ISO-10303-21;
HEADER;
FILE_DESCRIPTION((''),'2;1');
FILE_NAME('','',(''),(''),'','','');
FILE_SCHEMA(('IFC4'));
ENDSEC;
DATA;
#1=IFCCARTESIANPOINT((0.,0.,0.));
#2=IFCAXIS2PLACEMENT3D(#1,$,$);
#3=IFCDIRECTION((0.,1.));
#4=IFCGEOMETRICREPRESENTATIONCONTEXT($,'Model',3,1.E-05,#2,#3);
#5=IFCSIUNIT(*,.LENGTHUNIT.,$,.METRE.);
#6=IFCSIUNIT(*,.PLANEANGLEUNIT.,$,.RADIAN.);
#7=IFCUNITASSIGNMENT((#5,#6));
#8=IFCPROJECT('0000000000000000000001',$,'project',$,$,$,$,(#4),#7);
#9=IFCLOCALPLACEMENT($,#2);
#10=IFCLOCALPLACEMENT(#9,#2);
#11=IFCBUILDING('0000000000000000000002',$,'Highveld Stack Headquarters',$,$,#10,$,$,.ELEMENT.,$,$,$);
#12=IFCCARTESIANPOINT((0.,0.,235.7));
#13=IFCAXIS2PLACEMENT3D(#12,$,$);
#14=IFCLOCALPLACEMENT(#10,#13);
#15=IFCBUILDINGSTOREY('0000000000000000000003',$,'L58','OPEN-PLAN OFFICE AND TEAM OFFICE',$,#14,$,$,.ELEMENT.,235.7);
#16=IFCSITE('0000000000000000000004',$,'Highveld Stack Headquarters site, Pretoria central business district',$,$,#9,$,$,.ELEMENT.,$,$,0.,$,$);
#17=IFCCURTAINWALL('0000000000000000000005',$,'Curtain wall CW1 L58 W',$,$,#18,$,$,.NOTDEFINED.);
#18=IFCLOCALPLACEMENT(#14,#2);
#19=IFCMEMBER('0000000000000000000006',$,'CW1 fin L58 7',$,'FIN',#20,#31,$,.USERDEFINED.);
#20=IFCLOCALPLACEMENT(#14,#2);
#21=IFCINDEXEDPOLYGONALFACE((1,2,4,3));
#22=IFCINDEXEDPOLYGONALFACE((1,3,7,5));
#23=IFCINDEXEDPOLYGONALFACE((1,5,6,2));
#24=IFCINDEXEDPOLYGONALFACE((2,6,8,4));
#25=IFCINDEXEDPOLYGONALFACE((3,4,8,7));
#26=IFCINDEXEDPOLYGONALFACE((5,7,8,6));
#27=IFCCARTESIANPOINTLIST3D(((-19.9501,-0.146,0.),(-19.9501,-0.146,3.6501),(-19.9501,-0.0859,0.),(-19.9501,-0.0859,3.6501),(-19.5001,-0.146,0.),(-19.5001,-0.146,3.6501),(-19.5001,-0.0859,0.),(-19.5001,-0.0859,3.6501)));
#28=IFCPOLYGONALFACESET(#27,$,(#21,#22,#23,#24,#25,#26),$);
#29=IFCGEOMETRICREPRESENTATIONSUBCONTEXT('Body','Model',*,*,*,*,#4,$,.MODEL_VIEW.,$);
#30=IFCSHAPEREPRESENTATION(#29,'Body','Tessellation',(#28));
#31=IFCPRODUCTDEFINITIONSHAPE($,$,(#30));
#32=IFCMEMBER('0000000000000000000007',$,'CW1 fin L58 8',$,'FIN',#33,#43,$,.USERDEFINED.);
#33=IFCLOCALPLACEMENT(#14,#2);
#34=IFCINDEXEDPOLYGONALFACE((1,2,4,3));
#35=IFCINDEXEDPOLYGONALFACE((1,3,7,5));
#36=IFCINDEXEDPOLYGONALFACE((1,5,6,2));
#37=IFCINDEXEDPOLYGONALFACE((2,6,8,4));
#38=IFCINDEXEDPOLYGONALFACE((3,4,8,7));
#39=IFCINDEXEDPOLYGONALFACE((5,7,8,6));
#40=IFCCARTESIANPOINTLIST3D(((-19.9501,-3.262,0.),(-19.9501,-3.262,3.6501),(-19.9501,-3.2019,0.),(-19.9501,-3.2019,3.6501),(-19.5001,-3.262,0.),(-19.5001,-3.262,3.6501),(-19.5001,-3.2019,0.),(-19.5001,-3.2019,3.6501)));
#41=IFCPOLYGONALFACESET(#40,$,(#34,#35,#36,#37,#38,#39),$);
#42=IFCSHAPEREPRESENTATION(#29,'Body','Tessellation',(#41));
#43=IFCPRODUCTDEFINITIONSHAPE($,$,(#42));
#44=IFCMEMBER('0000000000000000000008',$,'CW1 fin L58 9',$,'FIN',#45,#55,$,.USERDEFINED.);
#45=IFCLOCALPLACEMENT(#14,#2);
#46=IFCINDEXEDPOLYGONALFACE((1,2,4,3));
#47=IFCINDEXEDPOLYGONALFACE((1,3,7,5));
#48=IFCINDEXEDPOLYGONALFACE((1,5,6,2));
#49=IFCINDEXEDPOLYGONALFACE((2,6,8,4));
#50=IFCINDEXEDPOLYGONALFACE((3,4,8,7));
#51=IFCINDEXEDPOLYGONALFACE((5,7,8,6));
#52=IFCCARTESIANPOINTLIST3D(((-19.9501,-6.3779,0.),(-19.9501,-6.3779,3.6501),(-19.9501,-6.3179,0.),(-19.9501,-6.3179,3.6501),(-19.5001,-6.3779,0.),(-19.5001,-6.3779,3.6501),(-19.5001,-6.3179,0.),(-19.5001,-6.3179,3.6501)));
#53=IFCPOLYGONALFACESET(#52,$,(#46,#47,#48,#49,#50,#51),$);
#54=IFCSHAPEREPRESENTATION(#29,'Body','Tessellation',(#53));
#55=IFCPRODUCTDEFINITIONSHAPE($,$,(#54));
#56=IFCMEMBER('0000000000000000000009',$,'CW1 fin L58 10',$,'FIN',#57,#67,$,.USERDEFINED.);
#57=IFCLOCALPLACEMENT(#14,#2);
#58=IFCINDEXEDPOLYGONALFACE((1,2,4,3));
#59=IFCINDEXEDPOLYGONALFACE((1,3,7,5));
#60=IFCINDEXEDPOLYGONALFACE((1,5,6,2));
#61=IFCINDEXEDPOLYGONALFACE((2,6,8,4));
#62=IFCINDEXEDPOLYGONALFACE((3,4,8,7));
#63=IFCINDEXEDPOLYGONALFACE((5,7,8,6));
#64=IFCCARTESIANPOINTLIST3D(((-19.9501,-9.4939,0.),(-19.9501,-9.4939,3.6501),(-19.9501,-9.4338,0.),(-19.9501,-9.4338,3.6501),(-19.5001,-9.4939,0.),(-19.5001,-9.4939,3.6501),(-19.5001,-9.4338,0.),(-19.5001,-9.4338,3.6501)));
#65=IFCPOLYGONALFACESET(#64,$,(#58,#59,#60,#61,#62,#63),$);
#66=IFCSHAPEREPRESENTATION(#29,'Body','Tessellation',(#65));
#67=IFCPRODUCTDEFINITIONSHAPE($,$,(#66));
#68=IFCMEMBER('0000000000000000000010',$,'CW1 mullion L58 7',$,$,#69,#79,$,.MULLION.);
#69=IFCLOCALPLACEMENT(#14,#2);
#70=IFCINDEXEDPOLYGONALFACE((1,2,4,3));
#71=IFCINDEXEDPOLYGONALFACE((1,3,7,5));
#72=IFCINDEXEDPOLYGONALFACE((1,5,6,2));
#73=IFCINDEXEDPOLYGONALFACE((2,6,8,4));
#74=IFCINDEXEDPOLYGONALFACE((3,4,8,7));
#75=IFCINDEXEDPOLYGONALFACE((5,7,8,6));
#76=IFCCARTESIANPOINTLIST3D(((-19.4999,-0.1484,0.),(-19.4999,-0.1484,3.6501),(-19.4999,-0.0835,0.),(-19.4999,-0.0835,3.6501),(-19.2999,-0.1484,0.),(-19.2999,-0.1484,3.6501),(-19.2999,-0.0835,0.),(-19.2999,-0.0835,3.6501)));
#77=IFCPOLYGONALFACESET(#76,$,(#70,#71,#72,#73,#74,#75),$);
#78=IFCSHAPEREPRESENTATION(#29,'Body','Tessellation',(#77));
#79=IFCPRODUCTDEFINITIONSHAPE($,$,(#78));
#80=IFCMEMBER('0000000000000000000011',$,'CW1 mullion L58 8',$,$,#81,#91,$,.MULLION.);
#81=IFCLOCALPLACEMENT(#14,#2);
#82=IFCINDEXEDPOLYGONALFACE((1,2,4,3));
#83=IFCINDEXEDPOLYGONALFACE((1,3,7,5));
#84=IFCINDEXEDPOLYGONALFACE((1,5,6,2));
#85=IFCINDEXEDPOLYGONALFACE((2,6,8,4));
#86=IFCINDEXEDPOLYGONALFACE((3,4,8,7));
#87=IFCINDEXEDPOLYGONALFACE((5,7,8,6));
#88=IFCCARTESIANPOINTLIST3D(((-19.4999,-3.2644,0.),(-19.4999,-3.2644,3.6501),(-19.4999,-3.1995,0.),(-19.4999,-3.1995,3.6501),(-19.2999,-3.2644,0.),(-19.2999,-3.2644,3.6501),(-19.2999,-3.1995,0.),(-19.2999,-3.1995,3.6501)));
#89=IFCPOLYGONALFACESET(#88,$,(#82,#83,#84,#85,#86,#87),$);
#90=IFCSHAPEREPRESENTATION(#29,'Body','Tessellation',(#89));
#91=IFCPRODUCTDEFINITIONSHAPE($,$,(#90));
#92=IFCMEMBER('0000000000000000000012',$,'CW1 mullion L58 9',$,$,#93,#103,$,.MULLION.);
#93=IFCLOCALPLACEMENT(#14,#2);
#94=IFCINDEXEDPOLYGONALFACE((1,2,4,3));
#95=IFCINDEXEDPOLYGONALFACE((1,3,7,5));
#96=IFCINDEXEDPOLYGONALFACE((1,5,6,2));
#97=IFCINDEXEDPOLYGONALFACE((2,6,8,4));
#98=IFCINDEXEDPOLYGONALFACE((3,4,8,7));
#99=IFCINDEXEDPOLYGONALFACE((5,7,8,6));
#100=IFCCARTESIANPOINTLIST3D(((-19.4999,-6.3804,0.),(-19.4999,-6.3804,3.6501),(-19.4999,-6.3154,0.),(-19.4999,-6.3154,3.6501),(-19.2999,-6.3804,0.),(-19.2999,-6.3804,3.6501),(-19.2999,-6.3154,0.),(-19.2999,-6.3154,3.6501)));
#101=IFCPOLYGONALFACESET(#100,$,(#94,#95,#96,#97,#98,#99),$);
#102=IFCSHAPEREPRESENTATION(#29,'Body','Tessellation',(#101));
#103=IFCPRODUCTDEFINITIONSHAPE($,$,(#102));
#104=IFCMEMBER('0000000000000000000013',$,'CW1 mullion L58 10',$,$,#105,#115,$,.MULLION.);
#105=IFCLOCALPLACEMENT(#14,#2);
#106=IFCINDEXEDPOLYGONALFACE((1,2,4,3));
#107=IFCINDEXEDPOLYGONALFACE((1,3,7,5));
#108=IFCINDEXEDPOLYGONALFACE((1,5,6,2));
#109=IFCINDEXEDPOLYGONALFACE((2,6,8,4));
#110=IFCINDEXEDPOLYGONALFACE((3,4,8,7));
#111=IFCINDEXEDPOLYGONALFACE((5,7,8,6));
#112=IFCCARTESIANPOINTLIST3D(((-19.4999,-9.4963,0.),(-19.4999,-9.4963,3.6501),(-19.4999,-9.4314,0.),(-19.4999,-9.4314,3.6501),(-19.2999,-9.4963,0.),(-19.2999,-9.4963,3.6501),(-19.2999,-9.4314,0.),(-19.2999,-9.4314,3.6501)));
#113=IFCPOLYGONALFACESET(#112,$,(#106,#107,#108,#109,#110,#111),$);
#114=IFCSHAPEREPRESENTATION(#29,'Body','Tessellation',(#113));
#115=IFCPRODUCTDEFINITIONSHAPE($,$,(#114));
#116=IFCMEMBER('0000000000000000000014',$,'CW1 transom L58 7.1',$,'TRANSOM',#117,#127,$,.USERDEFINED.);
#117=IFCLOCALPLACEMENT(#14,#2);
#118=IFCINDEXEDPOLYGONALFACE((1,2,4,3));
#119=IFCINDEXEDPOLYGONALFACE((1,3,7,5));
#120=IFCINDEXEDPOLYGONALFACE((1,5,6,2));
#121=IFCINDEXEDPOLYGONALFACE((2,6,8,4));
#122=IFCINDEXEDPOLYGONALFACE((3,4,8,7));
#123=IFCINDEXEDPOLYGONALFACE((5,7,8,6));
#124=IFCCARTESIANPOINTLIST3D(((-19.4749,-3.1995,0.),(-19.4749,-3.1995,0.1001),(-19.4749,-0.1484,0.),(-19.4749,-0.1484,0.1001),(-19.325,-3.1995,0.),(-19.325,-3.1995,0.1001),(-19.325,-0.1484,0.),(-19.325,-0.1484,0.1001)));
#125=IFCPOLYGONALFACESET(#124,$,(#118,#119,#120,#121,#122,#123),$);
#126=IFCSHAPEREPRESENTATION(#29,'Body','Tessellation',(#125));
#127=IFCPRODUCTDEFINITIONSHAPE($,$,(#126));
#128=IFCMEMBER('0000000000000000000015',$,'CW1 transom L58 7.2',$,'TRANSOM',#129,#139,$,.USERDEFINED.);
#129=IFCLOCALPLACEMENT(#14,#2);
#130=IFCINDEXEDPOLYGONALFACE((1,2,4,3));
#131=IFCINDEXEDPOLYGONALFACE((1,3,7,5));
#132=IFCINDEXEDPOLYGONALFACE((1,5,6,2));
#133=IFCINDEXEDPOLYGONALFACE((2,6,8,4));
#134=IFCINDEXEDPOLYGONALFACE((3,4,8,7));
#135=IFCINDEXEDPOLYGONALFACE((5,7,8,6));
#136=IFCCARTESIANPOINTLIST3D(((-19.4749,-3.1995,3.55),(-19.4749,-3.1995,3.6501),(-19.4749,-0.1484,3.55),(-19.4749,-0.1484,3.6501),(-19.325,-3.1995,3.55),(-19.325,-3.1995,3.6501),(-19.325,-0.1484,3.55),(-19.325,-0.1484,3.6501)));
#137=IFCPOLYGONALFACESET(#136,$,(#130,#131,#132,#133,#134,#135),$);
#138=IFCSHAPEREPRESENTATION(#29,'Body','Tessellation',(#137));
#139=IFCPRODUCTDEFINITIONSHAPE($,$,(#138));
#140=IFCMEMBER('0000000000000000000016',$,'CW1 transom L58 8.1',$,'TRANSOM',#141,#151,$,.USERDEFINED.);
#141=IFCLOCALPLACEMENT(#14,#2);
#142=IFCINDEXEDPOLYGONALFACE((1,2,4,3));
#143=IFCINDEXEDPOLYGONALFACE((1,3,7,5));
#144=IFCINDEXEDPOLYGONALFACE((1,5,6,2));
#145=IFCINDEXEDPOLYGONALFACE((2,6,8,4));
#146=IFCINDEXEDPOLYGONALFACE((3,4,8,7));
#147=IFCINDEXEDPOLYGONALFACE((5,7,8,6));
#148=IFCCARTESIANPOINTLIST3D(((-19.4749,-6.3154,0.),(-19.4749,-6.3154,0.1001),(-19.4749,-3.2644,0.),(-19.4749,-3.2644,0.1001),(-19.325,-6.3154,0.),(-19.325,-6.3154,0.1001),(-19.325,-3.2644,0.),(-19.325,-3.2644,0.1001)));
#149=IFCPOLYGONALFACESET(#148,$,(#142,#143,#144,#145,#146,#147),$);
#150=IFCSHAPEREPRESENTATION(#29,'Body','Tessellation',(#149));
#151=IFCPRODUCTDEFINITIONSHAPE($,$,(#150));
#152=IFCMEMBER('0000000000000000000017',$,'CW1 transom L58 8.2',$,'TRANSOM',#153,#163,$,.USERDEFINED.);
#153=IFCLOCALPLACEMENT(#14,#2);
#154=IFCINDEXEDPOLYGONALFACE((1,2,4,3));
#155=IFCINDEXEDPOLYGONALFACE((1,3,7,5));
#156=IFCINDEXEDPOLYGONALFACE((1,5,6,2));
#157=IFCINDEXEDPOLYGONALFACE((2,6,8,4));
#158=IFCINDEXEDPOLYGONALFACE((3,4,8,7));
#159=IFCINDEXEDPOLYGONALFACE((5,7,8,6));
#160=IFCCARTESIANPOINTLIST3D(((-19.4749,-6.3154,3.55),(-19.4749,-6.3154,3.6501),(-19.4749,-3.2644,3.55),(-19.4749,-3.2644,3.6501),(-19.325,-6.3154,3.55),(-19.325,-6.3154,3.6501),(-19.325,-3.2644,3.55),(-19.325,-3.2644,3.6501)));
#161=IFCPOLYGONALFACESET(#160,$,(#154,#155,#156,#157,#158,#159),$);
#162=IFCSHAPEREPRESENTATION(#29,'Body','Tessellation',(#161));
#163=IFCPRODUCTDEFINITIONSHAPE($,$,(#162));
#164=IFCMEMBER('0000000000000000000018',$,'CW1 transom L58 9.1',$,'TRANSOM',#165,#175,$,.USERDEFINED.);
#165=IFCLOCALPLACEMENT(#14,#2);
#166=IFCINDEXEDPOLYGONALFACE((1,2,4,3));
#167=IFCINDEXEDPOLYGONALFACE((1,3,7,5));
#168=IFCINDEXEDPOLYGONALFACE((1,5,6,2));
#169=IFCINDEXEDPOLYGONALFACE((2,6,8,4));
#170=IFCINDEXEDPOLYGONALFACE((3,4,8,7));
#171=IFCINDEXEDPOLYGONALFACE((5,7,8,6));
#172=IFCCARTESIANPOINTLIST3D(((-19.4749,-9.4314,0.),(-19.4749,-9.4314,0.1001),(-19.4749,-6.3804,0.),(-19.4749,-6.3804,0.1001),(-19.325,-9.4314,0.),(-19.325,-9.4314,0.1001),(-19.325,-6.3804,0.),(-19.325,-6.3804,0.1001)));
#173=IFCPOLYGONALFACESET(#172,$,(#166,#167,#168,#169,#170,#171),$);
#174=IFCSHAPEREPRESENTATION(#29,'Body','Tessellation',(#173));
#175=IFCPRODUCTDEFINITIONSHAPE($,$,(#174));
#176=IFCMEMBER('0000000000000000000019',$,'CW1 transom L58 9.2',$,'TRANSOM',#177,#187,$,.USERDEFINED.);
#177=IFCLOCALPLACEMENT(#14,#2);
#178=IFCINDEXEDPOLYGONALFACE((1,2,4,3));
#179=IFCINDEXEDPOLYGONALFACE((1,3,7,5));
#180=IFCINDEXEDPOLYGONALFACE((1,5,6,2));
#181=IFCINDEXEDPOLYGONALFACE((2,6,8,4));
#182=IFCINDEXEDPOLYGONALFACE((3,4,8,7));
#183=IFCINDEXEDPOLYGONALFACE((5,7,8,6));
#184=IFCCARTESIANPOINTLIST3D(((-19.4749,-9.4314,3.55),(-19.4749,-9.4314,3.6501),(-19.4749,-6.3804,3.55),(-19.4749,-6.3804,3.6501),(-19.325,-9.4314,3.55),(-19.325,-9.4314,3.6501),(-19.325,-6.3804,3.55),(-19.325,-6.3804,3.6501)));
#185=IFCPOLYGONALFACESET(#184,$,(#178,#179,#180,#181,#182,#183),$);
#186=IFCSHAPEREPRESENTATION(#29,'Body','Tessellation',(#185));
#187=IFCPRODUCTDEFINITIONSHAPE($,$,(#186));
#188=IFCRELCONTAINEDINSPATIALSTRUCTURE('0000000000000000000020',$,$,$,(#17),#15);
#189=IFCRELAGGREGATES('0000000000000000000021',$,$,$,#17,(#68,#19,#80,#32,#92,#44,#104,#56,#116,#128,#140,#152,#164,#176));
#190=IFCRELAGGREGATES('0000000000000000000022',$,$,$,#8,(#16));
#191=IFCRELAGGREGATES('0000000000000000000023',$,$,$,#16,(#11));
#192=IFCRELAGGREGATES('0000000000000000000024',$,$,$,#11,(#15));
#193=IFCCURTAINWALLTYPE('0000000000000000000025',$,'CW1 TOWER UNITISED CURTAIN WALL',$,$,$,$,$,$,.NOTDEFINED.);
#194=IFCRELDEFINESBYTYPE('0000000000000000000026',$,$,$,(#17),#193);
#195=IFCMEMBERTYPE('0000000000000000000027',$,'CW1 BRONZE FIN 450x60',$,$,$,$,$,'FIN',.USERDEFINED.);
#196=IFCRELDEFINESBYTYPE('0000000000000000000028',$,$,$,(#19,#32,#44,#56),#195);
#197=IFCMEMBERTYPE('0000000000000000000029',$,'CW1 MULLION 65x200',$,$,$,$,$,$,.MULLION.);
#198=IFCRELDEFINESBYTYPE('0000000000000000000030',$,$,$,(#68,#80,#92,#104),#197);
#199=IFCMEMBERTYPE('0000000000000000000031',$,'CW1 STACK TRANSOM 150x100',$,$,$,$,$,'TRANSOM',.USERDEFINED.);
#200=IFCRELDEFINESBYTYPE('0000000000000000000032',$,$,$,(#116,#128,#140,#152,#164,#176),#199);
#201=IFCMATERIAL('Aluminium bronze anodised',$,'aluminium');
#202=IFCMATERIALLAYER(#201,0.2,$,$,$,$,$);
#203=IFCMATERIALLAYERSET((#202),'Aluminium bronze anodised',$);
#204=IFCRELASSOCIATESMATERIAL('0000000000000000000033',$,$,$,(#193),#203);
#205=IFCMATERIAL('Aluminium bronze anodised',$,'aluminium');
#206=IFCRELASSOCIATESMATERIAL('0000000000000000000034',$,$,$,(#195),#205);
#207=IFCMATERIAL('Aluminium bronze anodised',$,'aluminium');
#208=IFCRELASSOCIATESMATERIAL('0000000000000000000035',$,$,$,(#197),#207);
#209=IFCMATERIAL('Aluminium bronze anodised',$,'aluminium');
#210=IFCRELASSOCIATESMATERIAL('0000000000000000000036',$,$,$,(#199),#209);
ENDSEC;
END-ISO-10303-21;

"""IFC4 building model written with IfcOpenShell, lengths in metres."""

from ifc_helpers import new_model, si_unit, direction, frame, origin, origin_2d, place, context, subcontext, project, spatial, rectangle, extrude, material, layer, layer_set, material_profile, profile_set, type_object, element, aggregate, save


model = new_model("IFC4")

# Units and contexts
model_context = context("Model", 3, precision=1e-05, world=origin(), true_north=direction((0.0, 1.0)))
body_context = subcontext(model_context, "Body", "Model", "MODEL_VIEW")
ifc_project = project(units=[si_unit("LENGTHUNIT", "METRE"), si_unit("PLANEANGLEUNIT", "RADIAN")], contexts=[model_context])

# Site, building, storey
site_placement = place(None, origin())
site = spatial("IfcSite", under=ifc_project, at=site_placement, Name="Highveld Stack Headquarters site, Pretoria central business district", CompositionType="ELEMENT", RefElevation=0.0)
building_placement = place(site_placement, origin())
building = spatial("IfcBuilding", under=site, at=building_placement, Name="Highveld Stack Headquarters", CompositionType="ELEMENT")
storey_placement = place(building_placement, frame((0.0, 0.0, 235.7)))
storey = spatial("IfcBuildingStorey", under=building, at=storey_placement, Name="L58", Description="OPEN-PLAN OFFICE AND TEAM OFFICE", CompositionType="ELEMENT", Elevation=235.7)

# Curtain wall, members
ifc_material_1 = material(Name="Aluminium bronze anodised", Category="aluminium")
ifc_layer_1 = layer(ifc_material_1, 0.2)
ifc_layer_set_1 = layer_set([ifc_layer_1], Name="Aluminium bronze anodised")
curtain_wall_type = type_object("IfcCurtainWallType", Name="CW1 TOWER UNITISED CURTAIN WALL", PredefinedType="NOTDEFINED", material=ifc_layer_set_1)
curtain_wall_placement = place(storey_placement, origin())
curtain_wall = element("IfcCurtainWall", 1, at=curtain_wall_placement, inside=storey, type_object=curtain_wall_type, Name="Curtain wall CW1 L58 W", PredefinedType="NOTDEFINED")
ifc_material_2 = material(Name="Aluminium bronze anodised", Category="aluminium")
ifc_material_profile_1 = material_profile(ifc_material_2, rectangle(XDim=0.45, YDim=0.0601, at=origin_2d()), Name="FIN 450x60")
ifc_profile_set_1 = profile_set([ifc_material_profile_1], Name="Aluminium bronze anodised")
member_type_1 = type_object("IfcMemberType", Name="CW1 BRONZE FIN 450x60", ElementType="FIN", PredefinedType="USERDEFINED", material=ifc_profile_set_1)
member_1_placement = place(storey_placement, frame((-19.7251, -0.116, 0.0), z_axis=(0.0, 0.0, 1.0), x_axis=(1.0, 0.0, 0.0)))
member_1 = element("IfcMember", 2, at=member_1_placement, type_object=member_type_1, Name="CW1 fin L58 7", ObjectType="FIN", PredefinedType="USERDEFINED", context=body_context, shape_type="SweptSolid", body=[
    extrude(rectangle(XDim=0.45, YDim=0.0601, at=origin_2d()), origin(), (0.0, 0.0, 1.0), 3.6501),
])
member_2_placement = place(storey_placement, frame((-19.7251, -3.2319, 0.0), z_axis=(0.0, 0.0, 1.0), x_axis=(1.0, 0.0, 0.0)))
member_2 = element("IfcMember", 3, at=member_2_placement, type_object=member_type_1, Name="CW1 fin L58 8", ObjectType="FIN", PredefinedType="USERDEFINED", context=body_context, shape_type="SweptSolid", body=[
    extrude(rectangle(XDim=0.45, YDim=0.0601, at=origin_2d()), origin(), (0.0, 0.0, 1.0), 3.6501),
])
member_3_placement = place(storey_placement, frame((-19.7251, -6.3479, 0.0), z_axis=(0.0, 0.0, 1.0), x_axis=(1.0, 0.0, 0.0)))
member_3 = element("IfcMember", 4, at=member_3_placement, type_object=member_type_1, Name="CW1 fin L58 9", ObjectType="FIN", PredefinedType="USERDEFINED", context=body_context, shape_type="SweptSolid", body=[
    extrude(rectangle(XDim=0.45, YDim=0.0601, at=origin_2d()), origin(), (0.0, 0.0, 1.0), 3.6501),
])
member_4_placement = place(storey_placement, frame((-19.7251, -9.4639, 0.0), z_axis=(0.0, 0.0, 1.0), x_axis=(1.0, 0.0, 0.0)))
member_4 = element("IfcMember", 5, at=member_4_placement, type_object=member_type_1, Name="CW1 fin L58 10", ObjectType="FIN", PredefinedType="USERDEFINED", context=body_context, shape_type="SweptSolid", body=[
    extrude(rectangle(XDim=0.45, YDim=0.0601, at=origin_2d()), origin(), (0.0, 0.0, 1.0), 3.6501),
])
ifc_material_3 = material(Name="Aluminium bronze anodised", Category="aluminium")
ifc_material_profile_2 = material_profile(ifc_material_3, rectangle(XDim=0.2, YDim=0.0649, at=origin_2d()), Name="CW1 MULLION 65x200")
ifc_profile_set_2 = profile_set([ifc_material_profile_2], Name="Aluminium bronze anodised")
member_type_2 = type_object("IfcMemberType", Name="CW1 MULLION 65x200", PredefinedType="MULLION", material=ifc_profile_set_2)
member_5_placement = place(storey_placement, frame((-19.3999, -0.116, 0.0), z_axis=(0.0, 0.0, 1.0), x_axis=(1.0, 0.0, 0.0)))
member_5 = element("IfcMember", 6, at=member_5_placement, type_object=member_type_2, Name="CW1 mullion L58 7", PredefinedType="MULLION", context=body_context, shape_type="SweptSolid", body=[
    extrude(rectangle(XDim=0.2, YDim=0.0649, at=origin_2d()), origin(), (0.0, 0.0, 1.0), 3.6501),
])
member_6_placement = place(storey_placement, frame((-19.3999, -3.2319, 0.0), z_axis=(0.0, 0.0, 1.0), x_axis=(1.0, 0.0, 0.0)))
member_6 = element("IfcMember", 7, at=member_6_placement, type_object=member_type_2, Name="CW1 mullion L58 8", PredefinedType="MULLION", context=body_context, shape_type="SweptSolid", body=[
    extrude(rectangle(XDim=0.2, YDim=0.0649, at=origin_2d()), origin(), (0.0, 0.0, 1.0), 3.6501),
])
member_7_placement = place(storey_placement, frame((-19.3999, -6.3479, 0.0), z_axis=(0.0, 0.0, 1.0), x_axis=(1.0, 0.0, 0.0)))
member_7 = element("IfcMember", 8, at=member_7_placement, type_object=member_type_2, Name="CW1 mullion L58 9", PredefinedType="MULLION", context=body_context, shape_type="SweptSolid", body=[
    extrude(rectangle(XDim=0.2, YDim=0.0649, at=origin_2d()), origin(), (0.0, 0.0, 1.0), 3.6501),
])
member_8_placement = place(storey_placement, frame((-19.3999, -9.4639, 0.0), z_axis=(0.0, 0.0, 1.0), x_axis=(1.0, 0.0, 0.0)))
member_8 = element("IfcMember", 9, at=member_8_placement, type_object=member_type_2, Name="CW1 mullion L58 10", PredefinedType="MULLION", context=body_context, shape_type="SweptSolid", body=[
    extrude(rectangle(XDim=0.2, YDim=0.0649, at=origin_2d()), origin(), (0.0, 0.0, 1.0), 3.6501),
])
ifc_material_4 = material(Name="Aluminium bronze anodised", Category="aluminium")
ifc_material_profile_3 = material_profile(ifc_material_4, rectangle(XDim=0.1499, YDim=0.1001, at=origin_2d()), Name="CW1 TRANSOM 150x100")
ifc_profile_set_3 = profile_set([ifc_material_profile_3], Name="Aluminium bronze anodised")
member_type_3 = type_object("IfcMemberType", Name="CW1 STACK TRANSOM 150x100", ElementType="TRANSOM", PredefinedType="USERDEFINED", material=ifc_profile_set_3)
member_9_placement = place(storey_placement, frame((-19.3999, -0.1484, 0.05), z_axis=(0.0, -1.0, 0.0), x_axis=(1.0, 0.0, 0.0)))
member_9 = element("IfcMember", 10, at=member_9_placement, type_object=member_type_3, Name="CW1 transom L58 7.1", ObjectType="TRANSOM", PredefinedType="USERDEFINED", context=body_context, shape_type="SweptSolid", body=[
    extrude(rectangle(XDim=0.1499, YDim=0.1001, at=origin_2d()), origin(), (0.0, 0.0, 1.0), 3.051),
])
member_10_placement = place(storey_placement, frame((-19.3999, -0.1484, 3.6001), z_axis=(0.0, -1.0, 0.0), x_axis=(1.0, 0.0, 0.0)))
member_10 = element("IfcMember", 11, at=member_10_placement, type_object=member_type_3, Name="CW1 transom L58 7.2", ObjectType="TRANSOM", PredefinedType="USERDEFINED", context=body_context, shape_type="SweptSolid", body=[
    extrude(rectangle(XDim=0.1499, YDim=0.1001, at=origin_2d()), origin(), (0.0, 0.0, 1.0), 3.051),
])
member_11_placement = place(storey_placement, frame((-19.3999, -3.2644, 0.05), z_axis=(0.0, -1.0, 0.0), x_axis=(1.0, 0.0, 0.0)))
member_11 = element("IfcMember", 12, at=member_11_placement, type_object=member_type_3, Name="CW1 transom L58 8.1", ObjectType="TRANSOM", PredefinedType="USERDEFINED", context=body_context, shape_type="SweptSolid", body=[
    extrude(rectangle(XDim=0.1499, YDim=0.1001, at=origin_2d()), origin(), (0.0, 0.0, 1.0), 3.051),
])
member_12_placement = place(storey_placement, frame((-19.3999, -3.2644, 3.6001), z_axis=(0.0, -1.0, 0.0), x_axis=(1.0, 0.0, 0.0)))
member_12 = element("IfcMember", 13, at=member_12_placement, type_object=member_type_3, Name="CW1 transom L58 8.2", ObjectType="TRANSOM", PredefinedType="USERDEFINED", context=body_context, shape_type="SweptSolid", body=[
    extrude(rectangle(XDim=0.1499, YDim=0.1001, at=origin_2d()), origin(), (0.0, 0.0, 1.0), 3.051),
])
member_13_placement = place(storey_placement, frame((-19.3999, -6.3804, 0.05), z_axis=(0.0, -1.0, 0.0), x_axis=(1.0, 0.0, 0.0)))
member_13 = element("IfcMember", 14, at=member_13_placement, type_object=member_type_3, Name="CW1 transom L58 9.1", ObjectType="TRANSOM", PredefinedType="USERDEFINED", context=body_context, shape_type="SweptSolid", body=[
    extrude(rectangle(XDim=0.1499, YDim=0.1001, at=origin_2d()), origin(), (0.0, 0.0, 1.0), 3.051),
])
member_14_placement = place(storey_placement, frame((-19.3999, -6.3804, 3.6001), z_axis=(0.0, -1.0, 0.0), x_axis=(1.0, 0.0, 0.0)))
member_14 = element("IfcMember", 15, at=member_14_placement, type_object=member_type_3, Name="CW1 transom L58 9.2", ObjectType="TRANSOM", PredefinedType="USERDEFINED", context=body_context, shape_type="SweptSolid", body=[
    extrude(rectangle(XDim=0.1499, YDim=0.1001, at=origin_2d()), origin(), (0.0, 0.0, 1.0), 3.051),
])

aggregate(curtain_wall, [member_5, member_1, member_6, member_2, member_7, member_3, member_8, member_4, member_9, member_10, member_11, member_12, member_13, member_14])

save(model, "model.ifc")
